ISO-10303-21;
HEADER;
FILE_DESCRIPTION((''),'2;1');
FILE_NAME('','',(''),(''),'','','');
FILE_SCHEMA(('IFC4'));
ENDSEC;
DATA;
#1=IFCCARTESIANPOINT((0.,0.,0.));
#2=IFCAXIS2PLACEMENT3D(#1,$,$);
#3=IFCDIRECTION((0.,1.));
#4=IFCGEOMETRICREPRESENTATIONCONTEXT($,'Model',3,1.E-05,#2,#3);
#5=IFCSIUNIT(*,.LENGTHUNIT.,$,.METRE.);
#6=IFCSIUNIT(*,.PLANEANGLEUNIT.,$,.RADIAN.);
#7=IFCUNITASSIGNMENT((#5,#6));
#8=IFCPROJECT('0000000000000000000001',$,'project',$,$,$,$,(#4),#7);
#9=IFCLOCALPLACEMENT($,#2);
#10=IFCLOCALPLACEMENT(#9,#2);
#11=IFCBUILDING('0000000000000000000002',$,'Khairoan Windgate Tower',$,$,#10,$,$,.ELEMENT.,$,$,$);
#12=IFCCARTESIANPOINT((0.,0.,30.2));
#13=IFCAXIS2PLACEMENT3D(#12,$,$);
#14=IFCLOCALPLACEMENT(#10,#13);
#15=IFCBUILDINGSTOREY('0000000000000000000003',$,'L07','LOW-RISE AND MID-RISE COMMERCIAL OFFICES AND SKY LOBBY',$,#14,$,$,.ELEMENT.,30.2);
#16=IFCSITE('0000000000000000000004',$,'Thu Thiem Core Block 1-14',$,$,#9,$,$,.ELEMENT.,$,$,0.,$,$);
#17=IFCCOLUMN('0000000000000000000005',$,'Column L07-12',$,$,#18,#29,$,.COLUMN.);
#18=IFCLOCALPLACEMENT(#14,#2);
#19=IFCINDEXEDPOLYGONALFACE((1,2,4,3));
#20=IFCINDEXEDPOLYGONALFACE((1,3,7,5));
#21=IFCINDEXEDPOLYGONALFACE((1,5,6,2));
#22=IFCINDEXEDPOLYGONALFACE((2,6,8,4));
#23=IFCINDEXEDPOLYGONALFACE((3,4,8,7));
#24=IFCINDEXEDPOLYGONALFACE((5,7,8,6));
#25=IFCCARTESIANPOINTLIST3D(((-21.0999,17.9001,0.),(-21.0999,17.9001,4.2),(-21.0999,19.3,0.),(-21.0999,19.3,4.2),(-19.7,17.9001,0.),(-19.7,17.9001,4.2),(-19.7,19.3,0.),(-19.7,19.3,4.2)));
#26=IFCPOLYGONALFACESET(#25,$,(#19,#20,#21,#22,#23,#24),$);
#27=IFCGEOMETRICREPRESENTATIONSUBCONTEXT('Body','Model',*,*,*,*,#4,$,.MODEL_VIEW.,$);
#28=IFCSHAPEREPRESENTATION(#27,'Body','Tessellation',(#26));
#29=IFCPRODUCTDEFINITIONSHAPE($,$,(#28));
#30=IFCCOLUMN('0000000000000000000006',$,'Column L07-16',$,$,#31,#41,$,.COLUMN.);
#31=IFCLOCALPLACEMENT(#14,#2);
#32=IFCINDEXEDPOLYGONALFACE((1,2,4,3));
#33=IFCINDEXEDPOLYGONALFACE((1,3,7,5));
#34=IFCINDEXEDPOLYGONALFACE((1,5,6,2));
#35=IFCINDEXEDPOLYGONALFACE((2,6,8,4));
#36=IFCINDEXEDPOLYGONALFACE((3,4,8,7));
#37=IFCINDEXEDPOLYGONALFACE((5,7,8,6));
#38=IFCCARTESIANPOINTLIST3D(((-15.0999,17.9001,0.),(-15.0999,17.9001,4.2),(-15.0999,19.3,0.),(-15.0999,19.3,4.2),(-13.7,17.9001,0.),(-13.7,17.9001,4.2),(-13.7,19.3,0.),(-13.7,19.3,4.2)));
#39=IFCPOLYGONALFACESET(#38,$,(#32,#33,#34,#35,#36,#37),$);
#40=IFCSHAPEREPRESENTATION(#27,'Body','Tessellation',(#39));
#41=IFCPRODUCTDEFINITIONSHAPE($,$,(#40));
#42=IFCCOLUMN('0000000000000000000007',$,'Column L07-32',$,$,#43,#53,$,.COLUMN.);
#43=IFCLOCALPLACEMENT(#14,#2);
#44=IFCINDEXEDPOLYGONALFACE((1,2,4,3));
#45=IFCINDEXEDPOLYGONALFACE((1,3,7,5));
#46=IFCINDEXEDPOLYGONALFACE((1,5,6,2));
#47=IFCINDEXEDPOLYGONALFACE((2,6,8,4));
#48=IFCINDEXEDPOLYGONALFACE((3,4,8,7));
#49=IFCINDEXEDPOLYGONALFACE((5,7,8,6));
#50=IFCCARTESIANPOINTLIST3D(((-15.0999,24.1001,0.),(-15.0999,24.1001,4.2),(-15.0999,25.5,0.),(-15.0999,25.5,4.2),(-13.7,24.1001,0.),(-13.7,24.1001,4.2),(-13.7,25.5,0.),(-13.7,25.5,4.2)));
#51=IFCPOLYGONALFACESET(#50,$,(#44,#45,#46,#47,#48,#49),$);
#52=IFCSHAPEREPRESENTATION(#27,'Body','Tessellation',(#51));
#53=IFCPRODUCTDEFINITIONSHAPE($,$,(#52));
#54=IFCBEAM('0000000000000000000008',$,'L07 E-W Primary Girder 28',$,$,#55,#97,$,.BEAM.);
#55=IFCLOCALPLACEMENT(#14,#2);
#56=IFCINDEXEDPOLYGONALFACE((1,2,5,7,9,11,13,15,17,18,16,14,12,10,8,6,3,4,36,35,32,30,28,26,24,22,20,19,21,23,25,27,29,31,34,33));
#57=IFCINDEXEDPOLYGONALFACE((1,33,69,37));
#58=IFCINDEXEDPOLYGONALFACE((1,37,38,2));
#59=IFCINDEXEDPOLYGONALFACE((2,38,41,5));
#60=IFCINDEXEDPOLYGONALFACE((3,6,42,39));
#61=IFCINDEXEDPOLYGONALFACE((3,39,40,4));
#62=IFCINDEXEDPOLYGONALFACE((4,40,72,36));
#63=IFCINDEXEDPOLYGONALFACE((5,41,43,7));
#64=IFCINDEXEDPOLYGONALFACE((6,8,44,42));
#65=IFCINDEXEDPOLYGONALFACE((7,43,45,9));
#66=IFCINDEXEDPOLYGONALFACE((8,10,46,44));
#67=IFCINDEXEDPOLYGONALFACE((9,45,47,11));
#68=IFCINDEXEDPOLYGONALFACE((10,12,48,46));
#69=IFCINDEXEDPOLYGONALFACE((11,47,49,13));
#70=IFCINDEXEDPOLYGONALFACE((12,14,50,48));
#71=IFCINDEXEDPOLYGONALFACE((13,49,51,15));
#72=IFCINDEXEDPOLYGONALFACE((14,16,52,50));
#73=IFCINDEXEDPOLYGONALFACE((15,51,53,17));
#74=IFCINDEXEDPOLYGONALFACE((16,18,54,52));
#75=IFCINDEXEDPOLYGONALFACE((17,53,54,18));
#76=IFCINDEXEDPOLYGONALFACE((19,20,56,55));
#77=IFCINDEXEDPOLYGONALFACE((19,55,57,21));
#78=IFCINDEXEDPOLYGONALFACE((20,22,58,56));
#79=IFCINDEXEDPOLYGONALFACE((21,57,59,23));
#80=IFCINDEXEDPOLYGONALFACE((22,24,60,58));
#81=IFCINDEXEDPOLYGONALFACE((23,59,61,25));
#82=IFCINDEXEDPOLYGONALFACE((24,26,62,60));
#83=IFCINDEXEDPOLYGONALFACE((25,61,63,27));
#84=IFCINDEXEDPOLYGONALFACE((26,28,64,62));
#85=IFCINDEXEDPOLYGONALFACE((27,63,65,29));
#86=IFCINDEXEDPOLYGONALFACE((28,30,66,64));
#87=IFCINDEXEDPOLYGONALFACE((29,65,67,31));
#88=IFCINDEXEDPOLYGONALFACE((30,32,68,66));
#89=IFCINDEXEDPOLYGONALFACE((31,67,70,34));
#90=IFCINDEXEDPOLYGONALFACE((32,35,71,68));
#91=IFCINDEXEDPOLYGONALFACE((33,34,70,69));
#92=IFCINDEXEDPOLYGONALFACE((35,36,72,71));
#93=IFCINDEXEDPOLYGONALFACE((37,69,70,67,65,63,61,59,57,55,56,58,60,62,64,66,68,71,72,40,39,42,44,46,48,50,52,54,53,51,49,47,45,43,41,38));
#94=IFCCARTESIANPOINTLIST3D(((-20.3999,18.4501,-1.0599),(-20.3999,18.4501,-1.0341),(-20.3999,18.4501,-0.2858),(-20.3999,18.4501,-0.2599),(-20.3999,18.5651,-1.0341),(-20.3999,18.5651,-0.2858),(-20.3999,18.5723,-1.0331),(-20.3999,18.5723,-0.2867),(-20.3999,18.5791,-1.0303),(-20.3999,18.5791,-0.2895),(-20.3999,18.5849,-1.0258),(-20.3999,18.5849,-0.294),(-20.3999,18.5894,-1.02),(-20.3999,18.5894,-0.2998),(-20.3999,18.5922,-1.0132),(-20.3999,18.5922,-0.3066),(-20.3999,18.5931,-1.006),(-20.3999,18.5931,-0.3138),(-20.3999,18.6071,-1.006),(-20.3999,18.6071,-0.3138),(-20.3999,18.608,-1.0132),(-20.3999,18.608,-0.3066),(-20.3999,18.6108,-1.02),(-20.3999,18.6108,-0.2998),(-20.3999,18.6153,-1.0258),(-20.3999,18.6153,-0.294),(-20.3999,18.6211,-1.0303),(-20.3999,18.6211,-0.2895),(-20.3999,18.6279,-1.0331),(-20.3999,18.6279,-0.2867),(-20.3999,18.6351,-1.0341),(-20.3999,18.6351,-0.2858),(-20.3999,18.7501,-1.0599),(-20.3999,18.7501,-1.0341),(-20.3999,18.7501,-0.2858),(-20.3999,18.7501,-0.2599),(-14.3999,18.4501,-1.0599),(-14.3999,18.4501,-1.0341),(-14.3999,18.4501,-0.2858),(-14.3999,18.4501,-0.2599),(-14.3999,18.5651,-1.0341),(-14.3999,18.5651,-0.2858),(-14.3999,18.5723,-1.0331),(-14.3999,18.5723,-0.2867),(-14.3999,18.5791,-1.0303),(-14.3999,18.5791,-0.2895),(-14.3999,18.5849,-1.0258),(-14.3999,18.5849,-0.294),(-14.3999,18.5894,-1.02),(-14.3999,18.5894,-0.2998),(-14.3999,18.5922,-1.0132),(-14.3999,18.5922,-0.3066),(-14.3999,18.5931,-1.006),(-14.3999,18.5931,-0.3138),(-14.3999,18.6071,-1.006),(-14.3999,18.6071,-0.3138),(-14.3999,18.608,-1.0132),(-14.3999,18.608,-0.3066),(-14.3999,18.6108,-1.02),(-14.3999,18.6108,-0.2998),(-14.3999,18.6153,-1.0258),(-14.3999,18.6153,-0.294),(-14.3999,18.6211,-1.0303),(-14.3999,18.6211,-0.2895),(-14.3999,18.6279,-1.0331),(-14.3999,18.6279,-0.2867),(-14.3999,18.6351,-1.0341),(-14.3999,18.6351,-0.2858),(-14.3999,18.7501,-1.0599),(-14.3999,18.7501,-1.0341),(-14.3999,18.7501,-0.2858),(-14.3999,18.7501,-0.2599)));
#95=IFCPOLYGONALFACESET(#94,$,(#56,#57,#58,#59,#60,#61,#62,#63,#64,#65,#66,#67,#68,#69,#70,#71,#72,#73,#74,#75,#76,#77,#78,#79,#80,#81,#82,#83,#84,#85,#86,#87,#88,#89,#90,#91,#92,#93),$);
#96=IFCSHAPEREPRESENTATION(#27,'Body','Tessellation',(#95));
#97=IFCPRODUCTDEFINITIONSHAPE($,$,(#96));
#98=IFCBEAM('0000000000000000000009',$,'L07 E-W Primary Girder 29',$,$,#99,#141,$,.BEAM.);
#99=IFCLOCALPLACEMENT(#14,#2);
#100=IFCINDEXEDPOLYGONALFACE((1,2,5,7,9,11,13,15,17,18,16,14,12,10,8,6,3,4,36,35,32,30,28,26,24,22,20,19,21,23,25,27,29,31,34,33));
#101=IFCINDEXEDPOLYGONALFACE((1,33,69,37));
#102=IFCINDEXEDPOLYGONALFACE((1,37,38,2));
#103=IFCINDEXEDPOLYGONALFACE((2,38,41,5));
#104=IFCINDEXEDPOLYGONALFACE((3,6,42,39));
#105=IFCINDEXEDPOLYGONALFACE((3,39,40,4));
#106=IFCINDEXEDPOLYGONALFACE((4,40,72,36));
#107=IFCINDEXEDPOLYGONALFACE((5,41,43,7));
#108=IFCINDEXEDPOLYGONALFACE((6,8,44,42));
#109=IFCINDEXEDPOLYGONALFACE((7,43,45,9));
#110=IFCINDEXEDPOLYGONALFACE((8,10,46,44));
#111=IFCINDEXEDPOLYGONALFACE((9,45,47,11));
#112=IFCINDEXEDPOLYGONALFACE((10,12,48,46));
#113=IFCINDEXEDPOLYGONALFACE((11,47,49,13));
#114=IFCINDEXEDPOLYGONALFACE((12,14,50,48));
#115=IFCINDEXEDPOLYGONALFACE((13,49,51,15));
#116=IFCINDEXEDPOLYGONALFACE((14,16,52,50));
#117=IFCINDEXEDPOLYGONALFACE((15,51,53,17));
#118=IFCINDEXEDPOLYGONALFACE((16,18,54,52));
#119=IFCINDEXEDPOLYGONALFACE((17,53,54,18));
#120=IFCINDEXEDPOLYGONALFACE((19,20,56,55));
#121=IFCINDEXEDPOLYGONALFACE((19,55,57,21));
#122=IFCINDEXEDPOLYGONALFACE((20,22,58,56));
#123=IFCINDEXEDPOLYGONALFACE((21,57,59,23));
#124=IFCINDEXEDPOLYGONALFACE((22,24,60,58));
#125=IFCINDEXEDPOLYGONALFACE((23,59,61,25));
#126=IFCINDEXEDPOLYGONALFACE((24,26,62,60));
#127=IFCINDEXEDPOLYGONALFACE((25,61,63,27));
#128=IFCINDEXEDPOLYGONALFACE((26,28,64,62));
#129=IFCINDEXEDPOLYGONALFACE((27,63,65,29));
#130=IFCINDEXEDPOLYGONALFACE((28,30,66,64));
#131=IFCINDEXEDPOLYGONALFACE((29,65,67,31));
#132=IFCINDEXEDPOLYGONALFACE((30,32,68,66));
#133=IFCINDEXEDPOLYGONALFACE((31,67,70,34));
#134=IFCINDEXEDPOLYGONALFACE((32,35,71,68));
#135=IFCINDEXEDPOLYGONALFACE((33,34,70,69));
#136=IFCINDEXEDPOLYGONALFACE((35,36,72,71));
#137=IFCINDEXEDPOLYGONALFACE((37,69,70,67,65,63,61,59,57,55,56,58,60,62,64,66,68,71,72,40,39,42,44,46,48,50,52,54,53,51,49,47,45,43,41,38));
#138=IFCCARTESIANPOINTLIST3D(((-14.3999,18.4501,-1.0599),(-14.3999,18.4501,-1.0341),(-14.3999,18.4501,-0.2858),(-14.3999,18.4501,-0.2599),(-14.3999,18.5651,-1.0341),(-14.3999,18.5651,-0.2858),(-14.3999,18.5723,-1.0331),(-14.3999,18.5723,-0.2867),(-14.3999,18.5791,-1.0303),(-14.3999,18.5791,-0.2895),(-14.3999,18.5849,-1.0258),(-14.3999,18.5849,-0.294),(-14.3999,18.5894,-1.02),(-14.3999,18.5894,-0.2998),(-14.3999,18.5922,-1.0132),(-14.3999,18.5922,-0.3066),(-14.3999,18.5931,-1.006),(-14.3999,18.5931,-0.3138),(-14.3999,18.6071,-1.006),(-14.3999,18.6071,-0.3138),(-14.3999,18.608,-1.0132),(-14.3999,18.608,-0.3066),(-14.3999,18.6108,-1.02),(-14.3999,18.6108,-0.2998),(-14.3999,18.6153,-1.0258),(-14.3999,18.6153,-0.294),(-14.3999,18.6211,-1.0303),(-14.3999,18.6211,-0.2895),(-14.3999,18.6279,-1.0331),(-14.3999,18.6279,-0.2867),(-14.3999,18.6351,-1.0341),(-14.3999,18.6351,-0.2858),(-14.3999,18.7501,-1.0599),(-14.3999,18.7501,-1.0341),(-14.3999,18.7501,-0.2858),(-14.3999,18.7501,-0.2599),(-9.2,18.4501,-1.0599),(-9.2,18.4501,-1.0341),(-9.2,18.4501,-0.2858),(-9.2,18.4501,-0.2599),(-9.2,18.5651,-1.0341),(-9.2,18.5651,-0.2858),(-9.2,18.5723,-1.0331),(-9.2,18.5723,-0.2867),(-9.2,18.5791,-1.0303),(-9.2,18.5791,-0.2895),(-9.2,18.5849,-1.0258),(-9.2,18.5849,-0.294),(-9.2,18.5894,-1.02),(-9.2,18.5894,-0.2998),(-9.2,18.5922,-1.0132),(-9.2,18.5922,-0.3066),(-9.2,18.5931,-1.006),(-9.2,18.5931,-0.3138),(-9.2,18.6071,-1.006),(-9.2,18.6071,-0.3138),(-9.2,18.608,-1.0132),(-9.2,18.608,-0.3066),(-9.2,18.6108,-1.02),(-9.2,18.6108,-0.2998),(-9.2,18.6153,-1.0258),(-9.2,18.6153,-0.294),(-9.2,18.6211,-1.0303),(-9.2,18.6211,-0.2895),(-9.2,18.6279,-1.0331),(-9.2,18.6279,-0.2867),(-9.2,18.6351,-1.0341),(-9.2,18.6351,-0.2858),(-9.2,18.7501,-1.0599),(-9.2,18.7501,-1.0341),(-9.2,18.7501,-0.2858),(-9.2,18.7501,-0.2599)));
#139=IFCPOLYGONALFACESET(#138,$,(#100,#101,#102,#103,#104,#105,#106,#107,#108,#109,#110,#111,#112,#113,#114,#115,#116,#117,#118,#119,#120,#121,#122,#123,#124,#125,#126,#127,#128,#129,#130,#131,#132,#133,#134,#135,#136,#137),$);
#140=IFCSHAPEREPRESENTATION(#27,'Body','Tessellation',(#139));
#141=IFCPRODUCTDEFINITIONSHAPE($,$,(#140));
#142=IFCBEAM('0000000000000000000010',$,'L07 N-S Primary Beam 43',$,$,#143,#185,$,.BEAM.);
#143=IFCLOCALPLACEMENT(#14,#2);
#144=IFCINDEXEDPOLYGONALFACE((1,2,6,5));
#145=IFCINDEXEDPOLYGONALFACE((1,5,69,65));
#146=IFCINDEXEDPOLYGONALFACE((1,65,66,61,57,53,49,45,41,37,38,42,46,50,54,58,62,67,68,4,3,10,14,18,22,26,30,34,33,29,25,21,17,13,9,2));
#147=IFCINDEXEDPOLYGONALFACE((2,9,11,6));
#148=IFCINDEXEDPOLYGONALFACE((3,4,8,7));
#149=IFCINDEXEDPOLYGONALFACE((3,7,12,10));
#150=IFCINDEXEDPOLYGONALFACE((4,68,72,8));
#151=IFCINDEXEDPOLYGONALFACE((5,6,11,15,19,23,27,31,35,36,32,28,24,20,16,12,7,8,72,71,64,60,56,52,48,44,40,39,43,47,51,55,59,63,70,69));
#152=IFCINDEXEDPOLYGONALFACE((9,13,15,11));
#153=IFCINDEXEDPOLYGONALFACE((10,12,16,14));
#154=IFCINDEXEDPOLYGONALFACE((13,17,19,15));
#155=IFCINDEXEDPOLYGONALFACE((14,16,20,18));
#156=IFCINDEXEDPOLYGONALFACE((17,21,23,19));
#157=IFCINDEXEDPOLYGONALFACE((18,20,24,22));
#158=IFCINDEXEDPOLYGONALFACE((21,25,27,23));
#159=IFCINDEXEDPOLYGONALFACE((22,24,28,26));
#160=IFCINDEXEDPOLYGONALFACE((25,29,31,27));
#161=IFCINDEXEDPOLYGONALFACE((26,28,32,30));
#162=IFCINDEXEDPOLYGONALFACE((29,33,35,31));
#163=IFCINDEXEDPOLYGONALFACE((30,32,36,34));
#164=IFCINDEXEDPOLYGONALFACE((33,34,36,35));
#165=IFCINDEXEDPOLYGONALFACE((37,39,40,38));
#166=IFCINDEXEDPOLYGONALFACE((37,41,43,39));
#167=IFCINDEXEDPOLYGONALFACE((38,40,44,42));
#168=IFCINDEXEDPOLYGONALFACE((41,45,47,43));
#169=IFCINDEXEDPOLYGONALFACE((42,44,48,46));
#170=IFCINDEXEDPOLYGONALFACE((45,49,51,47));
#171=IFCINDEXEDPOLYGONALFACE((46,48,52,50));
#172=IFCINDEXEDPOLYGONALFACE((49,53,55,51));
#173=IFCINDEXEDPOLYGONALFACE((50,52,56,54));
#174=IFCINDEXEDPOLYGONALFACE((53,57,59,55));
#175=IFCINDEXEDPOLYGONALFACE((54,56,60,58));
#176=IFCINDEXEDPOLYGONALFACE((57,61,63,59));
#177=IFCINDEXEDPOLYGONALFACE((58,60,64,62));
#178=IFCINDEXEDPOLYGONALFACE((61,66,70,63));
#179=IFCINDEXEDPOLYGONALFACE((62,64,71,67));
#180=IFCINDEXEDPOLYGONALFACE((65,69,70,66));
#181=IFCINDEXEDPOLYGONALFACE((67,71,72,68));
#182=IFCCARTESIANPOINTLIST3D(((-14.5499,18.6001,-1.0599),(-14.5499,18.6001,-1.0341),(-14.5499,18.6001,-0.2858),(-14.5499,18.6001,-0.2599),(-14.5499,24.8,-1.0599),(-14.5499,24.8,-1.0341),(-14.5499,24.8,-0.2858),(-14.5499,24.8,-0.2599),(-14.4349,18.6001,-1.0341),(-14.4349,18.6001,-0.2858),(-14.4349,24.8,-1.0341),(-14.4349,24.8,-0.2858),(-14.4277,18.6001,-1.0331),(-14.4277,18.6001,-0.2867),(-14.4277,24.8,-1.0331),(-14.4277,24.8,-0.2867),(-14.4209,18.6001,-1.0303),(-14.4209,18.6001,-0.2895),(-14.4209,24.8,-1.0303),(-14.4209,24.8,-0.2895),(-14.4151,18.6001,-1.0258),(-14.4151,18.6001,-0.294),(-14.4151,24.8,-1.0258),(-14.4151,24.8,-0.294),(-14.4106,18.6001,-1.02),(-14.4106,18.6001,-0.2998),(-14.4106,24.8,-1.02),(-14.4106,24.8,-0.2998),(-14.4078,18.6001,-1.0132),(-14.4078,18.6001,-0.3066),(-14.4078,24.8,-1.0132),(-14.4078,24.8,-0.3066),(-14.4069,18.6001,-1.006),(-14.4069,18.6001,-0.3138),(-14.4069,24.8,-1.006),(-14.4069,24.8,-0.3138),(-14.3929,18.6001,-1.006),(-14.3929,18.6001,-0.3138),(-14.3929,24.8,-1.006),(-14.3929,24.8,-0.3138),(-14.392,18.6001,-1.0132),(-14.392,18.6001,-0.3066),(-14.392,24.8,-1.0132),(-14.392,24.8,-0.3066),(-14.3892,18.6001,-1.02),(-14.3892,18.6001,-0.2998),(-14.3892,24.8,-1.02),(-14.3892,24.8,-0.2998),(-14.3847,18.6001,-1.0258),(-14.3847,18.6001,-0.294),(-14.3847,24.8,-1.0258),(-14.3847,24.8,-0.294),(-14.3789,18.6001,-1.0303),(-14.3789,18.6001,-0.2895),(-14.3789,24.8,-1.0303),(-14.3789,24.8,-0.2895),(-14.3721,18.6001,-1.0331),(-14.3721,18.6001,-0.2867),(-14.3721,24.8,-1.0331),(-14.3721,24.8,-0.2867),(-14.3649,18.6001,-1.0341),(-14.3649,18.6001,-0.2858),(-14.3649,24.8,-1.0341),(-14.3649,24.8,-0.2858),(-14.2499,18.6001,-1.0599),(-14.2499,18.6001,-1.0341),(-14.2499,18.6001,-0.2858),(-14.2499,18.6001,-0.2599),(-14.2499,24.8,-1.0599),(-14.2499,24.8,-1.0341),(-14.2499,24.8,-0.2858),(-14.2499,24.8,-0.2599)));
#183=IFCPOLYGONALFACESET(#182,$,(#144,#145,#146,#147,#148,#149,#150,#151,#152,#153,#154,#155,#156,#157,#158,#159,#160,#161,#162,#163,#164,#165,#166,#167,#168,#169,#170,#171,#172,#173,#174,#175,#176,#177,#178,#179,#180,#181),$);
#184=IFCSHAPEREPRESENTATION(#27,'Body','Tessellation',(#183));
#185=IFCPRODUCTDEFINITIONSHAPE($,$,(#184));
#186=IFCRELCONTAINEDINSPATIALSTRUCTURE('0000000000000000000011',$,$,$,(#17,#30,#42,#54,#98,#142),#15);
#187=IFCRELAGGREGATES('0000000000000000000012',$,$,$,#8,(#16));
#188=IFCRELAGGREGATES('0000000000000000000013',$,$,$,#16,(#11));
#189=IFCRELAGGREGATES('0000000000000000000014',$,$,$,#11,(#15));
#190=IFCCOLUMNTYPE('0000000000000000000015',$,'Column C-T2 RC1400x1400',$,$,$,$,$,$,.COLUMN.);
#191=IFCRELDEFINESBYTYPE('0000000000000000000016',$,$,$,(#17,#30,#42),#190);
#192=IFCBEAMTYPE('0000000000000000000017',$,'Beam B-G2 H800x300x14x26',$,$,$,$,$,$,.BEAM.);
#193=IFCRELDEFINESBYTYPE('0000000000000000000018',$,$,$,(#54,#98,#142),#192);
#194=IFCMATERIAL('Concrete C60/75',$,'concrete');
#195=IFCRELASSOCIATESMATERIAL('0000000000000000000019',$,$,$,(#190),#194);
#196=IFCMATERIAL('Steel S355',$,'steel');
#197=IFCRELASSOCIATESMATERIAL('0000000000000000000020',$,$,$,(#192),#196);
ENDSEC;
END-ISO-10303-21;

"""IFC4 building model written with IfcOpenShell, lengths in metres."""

from ifc_helpers import new_model, si_unit, direction, frame, origin, origin_2d, place, context, subcontext, project, spatial, rectangle, i_section, extrude, material, material_profile, profile_set, type_object, element, save


model = new_model("IFC4")

# Units and contexts
model_context = context("Model", 3, precision=1e-05, world=origin(), true_north=direction((0.0, 1.0)))
body_context = subcontext(model_context, "Body", "Model", "MODEL_VIEW")
ifc_project = project(units=[si_unit("LENGTHUNIT", "METRE"), si_unit("PLANEANGLEUNIT", "RADIAN")], contexts=[model_context])

# Site, building, storey
site_placement = place(None, origin())
site = spatial("IfcSite", under=ifc_project, at=site_placement, Name="Thu Thiem Core Block 1-14", CompositionType="ELEMENT", RefElevation=0.0)
building_placement = place(site_placement, origin())
building = spatial("IfcBuilding", under=site, at=building_placement, Name="Khairoan Windgate Tower", CompositionType="ELEMENT")
storey_placement = place(building_placement, frame((0.0, 0.0, 30.2)))
storey = spatial("IfcBuildingStorey", under=building, at=storey_placement, Name="L07", Description="LOW-RISE AND MID-RISE COMMERCIAL OFFICES AND SKY LOBBY", CompositionType="ELEMENT", Elevation=30.2)

# Columns
ifc_material_1 = material(Name="Concrete C60/75", Category="concrete")
ifc_material_profile_1 = material_profile(ifc_material_1, rectangle(XDim=1.3999, YDim=1.3999, at=origin_2d()))
ifc_profile_set_1 = profile_set([ifc_material_profile_1], Name="Concrete C60/75")
column_type = type_object("IfcColumnType", Name="Column C-T2 RC1400x1400", PredefinedType="COLUMN", material=ifc_profile_set_1)
for number, where, z_axis, x_axis, name in (
    (1, (-20.3999, 18.6001, 0.0), (0.0, 0.0, 1.0), (1.0, 0.0, 0.0), "Column L07-12"),
    (2, (-14.3999, 18.6001, 0.0), (0.0, 0.0, 1.0), (1.0, 0.0, 0.0), "Column L07-16"),
    (3, (-14.3999, 24.8, 0.0), (0.0, 0.0, 1.0), (1.0, 0.0, 0.0), "Column L07-32"),
):
    element("IfcColumn", number, at=place(storey_placement, frame(where, z_axis=z_axis, x_axis=x_axis)), inside=storey, type_object=column_type, Name=name, PredefinedType="COLUMN", context=body_context, shape_type="SweptSolid", body=[
        extrude(rectangle(XDim=1.3999, YDim=1.3999, at=origin_2d()), origin(), (0.0, 0.0, 1.0), 4.2),
    ])

# Beams
ifc_material_2 = material(Name="Steel S355", Category="steel")
ifc_material_profile_2 = material_profile(ifc_material_2, i_section(OverallWidth=0.3, OverallDepth=0.8, WebThickness=0.0139, FlangeThickness=0.0259, FilletRadius=0.0281, at=origin_2d()))
ifc_profile_set_2 = profile_set([ifc_material_profile_2], Name="Steel S355")
beam_type_1 = type_object("IfcBeamType", Name="Beam B-G2 H800x300x14x26", PredefinedType="BEAM", material=ifc_profile_set_2)
beam_1_placement = place(storey_placement, frame((-20.3999, 18.6001, -0.6599), z_axis=(1.0, 0.0, 0.0), x_axis=(0.0, 1.0, 0.0)))
element("IfcBeam", 4, at=beam_1_placement, inside=storey, type_object=beam_type_1, Name="L07 E-W Primary Girder 28", PredefinedType="BEAM", context=body_context, shape_type="SweptSolid", body=[
    extrude(i_section(OverallWidth=0.3, OverallDepth=0.8, WebThickness=0.0139, FlangeThickness=0.0259, FilletRadius=0.0281, at=origin_2d()), origin(), (0.0, 0.0, 1.0), 6.0),
])
beam_2_placement = place(storey_placement, frame((-14.3999, 18.6001, -0.6599), z_axis=(1.0, 0.0, 0.0), x_axis=(0.0, 1.0, 0.0)))
element("IfcBeam", 5, at=beam_2_placement, inside=storey, type_object=beam_type_1, Name="L07 E-W Primary Girder 29", PredefinedType="BEAM", context=body_context, shape_type="SweptSolid", body=[
    extrude(i_section(OverallWidth=0.3, OverallDepth=0.8, WebThickness=0.0139, FlangeThickness=0.0259, FilletRadius=0.0281, at=origin_2d()), origin(), (0.0, 0.0, 1.0), 5.2),
])
beam_3_placement = place(storey_placement, frame((-14.3999, 18.6001, -0.6599), z_axis=(0.0, 1.0, 0.0), x_axis=(-1.0, 0.0, 0.0)))
element("IfcBeam", 6, at=beam_3_placement, inside=storey, type_object=beam_type_1, Name="L07 N-S Primary Beam 43", PredefinedType="BEAM", context=body_context, shape_type="SweptSolid", body=[
    extrude(i_section(OverallWidth=0.3, OverallDepth=0.8, WebThickness=0.0139, FlangeThickness=0.0259, FilletRadius=0.0281, at=origin_2d()), origin(), (0.0, 0.0, 1.0), 6.2),
])

save(model, "model.ifc")
